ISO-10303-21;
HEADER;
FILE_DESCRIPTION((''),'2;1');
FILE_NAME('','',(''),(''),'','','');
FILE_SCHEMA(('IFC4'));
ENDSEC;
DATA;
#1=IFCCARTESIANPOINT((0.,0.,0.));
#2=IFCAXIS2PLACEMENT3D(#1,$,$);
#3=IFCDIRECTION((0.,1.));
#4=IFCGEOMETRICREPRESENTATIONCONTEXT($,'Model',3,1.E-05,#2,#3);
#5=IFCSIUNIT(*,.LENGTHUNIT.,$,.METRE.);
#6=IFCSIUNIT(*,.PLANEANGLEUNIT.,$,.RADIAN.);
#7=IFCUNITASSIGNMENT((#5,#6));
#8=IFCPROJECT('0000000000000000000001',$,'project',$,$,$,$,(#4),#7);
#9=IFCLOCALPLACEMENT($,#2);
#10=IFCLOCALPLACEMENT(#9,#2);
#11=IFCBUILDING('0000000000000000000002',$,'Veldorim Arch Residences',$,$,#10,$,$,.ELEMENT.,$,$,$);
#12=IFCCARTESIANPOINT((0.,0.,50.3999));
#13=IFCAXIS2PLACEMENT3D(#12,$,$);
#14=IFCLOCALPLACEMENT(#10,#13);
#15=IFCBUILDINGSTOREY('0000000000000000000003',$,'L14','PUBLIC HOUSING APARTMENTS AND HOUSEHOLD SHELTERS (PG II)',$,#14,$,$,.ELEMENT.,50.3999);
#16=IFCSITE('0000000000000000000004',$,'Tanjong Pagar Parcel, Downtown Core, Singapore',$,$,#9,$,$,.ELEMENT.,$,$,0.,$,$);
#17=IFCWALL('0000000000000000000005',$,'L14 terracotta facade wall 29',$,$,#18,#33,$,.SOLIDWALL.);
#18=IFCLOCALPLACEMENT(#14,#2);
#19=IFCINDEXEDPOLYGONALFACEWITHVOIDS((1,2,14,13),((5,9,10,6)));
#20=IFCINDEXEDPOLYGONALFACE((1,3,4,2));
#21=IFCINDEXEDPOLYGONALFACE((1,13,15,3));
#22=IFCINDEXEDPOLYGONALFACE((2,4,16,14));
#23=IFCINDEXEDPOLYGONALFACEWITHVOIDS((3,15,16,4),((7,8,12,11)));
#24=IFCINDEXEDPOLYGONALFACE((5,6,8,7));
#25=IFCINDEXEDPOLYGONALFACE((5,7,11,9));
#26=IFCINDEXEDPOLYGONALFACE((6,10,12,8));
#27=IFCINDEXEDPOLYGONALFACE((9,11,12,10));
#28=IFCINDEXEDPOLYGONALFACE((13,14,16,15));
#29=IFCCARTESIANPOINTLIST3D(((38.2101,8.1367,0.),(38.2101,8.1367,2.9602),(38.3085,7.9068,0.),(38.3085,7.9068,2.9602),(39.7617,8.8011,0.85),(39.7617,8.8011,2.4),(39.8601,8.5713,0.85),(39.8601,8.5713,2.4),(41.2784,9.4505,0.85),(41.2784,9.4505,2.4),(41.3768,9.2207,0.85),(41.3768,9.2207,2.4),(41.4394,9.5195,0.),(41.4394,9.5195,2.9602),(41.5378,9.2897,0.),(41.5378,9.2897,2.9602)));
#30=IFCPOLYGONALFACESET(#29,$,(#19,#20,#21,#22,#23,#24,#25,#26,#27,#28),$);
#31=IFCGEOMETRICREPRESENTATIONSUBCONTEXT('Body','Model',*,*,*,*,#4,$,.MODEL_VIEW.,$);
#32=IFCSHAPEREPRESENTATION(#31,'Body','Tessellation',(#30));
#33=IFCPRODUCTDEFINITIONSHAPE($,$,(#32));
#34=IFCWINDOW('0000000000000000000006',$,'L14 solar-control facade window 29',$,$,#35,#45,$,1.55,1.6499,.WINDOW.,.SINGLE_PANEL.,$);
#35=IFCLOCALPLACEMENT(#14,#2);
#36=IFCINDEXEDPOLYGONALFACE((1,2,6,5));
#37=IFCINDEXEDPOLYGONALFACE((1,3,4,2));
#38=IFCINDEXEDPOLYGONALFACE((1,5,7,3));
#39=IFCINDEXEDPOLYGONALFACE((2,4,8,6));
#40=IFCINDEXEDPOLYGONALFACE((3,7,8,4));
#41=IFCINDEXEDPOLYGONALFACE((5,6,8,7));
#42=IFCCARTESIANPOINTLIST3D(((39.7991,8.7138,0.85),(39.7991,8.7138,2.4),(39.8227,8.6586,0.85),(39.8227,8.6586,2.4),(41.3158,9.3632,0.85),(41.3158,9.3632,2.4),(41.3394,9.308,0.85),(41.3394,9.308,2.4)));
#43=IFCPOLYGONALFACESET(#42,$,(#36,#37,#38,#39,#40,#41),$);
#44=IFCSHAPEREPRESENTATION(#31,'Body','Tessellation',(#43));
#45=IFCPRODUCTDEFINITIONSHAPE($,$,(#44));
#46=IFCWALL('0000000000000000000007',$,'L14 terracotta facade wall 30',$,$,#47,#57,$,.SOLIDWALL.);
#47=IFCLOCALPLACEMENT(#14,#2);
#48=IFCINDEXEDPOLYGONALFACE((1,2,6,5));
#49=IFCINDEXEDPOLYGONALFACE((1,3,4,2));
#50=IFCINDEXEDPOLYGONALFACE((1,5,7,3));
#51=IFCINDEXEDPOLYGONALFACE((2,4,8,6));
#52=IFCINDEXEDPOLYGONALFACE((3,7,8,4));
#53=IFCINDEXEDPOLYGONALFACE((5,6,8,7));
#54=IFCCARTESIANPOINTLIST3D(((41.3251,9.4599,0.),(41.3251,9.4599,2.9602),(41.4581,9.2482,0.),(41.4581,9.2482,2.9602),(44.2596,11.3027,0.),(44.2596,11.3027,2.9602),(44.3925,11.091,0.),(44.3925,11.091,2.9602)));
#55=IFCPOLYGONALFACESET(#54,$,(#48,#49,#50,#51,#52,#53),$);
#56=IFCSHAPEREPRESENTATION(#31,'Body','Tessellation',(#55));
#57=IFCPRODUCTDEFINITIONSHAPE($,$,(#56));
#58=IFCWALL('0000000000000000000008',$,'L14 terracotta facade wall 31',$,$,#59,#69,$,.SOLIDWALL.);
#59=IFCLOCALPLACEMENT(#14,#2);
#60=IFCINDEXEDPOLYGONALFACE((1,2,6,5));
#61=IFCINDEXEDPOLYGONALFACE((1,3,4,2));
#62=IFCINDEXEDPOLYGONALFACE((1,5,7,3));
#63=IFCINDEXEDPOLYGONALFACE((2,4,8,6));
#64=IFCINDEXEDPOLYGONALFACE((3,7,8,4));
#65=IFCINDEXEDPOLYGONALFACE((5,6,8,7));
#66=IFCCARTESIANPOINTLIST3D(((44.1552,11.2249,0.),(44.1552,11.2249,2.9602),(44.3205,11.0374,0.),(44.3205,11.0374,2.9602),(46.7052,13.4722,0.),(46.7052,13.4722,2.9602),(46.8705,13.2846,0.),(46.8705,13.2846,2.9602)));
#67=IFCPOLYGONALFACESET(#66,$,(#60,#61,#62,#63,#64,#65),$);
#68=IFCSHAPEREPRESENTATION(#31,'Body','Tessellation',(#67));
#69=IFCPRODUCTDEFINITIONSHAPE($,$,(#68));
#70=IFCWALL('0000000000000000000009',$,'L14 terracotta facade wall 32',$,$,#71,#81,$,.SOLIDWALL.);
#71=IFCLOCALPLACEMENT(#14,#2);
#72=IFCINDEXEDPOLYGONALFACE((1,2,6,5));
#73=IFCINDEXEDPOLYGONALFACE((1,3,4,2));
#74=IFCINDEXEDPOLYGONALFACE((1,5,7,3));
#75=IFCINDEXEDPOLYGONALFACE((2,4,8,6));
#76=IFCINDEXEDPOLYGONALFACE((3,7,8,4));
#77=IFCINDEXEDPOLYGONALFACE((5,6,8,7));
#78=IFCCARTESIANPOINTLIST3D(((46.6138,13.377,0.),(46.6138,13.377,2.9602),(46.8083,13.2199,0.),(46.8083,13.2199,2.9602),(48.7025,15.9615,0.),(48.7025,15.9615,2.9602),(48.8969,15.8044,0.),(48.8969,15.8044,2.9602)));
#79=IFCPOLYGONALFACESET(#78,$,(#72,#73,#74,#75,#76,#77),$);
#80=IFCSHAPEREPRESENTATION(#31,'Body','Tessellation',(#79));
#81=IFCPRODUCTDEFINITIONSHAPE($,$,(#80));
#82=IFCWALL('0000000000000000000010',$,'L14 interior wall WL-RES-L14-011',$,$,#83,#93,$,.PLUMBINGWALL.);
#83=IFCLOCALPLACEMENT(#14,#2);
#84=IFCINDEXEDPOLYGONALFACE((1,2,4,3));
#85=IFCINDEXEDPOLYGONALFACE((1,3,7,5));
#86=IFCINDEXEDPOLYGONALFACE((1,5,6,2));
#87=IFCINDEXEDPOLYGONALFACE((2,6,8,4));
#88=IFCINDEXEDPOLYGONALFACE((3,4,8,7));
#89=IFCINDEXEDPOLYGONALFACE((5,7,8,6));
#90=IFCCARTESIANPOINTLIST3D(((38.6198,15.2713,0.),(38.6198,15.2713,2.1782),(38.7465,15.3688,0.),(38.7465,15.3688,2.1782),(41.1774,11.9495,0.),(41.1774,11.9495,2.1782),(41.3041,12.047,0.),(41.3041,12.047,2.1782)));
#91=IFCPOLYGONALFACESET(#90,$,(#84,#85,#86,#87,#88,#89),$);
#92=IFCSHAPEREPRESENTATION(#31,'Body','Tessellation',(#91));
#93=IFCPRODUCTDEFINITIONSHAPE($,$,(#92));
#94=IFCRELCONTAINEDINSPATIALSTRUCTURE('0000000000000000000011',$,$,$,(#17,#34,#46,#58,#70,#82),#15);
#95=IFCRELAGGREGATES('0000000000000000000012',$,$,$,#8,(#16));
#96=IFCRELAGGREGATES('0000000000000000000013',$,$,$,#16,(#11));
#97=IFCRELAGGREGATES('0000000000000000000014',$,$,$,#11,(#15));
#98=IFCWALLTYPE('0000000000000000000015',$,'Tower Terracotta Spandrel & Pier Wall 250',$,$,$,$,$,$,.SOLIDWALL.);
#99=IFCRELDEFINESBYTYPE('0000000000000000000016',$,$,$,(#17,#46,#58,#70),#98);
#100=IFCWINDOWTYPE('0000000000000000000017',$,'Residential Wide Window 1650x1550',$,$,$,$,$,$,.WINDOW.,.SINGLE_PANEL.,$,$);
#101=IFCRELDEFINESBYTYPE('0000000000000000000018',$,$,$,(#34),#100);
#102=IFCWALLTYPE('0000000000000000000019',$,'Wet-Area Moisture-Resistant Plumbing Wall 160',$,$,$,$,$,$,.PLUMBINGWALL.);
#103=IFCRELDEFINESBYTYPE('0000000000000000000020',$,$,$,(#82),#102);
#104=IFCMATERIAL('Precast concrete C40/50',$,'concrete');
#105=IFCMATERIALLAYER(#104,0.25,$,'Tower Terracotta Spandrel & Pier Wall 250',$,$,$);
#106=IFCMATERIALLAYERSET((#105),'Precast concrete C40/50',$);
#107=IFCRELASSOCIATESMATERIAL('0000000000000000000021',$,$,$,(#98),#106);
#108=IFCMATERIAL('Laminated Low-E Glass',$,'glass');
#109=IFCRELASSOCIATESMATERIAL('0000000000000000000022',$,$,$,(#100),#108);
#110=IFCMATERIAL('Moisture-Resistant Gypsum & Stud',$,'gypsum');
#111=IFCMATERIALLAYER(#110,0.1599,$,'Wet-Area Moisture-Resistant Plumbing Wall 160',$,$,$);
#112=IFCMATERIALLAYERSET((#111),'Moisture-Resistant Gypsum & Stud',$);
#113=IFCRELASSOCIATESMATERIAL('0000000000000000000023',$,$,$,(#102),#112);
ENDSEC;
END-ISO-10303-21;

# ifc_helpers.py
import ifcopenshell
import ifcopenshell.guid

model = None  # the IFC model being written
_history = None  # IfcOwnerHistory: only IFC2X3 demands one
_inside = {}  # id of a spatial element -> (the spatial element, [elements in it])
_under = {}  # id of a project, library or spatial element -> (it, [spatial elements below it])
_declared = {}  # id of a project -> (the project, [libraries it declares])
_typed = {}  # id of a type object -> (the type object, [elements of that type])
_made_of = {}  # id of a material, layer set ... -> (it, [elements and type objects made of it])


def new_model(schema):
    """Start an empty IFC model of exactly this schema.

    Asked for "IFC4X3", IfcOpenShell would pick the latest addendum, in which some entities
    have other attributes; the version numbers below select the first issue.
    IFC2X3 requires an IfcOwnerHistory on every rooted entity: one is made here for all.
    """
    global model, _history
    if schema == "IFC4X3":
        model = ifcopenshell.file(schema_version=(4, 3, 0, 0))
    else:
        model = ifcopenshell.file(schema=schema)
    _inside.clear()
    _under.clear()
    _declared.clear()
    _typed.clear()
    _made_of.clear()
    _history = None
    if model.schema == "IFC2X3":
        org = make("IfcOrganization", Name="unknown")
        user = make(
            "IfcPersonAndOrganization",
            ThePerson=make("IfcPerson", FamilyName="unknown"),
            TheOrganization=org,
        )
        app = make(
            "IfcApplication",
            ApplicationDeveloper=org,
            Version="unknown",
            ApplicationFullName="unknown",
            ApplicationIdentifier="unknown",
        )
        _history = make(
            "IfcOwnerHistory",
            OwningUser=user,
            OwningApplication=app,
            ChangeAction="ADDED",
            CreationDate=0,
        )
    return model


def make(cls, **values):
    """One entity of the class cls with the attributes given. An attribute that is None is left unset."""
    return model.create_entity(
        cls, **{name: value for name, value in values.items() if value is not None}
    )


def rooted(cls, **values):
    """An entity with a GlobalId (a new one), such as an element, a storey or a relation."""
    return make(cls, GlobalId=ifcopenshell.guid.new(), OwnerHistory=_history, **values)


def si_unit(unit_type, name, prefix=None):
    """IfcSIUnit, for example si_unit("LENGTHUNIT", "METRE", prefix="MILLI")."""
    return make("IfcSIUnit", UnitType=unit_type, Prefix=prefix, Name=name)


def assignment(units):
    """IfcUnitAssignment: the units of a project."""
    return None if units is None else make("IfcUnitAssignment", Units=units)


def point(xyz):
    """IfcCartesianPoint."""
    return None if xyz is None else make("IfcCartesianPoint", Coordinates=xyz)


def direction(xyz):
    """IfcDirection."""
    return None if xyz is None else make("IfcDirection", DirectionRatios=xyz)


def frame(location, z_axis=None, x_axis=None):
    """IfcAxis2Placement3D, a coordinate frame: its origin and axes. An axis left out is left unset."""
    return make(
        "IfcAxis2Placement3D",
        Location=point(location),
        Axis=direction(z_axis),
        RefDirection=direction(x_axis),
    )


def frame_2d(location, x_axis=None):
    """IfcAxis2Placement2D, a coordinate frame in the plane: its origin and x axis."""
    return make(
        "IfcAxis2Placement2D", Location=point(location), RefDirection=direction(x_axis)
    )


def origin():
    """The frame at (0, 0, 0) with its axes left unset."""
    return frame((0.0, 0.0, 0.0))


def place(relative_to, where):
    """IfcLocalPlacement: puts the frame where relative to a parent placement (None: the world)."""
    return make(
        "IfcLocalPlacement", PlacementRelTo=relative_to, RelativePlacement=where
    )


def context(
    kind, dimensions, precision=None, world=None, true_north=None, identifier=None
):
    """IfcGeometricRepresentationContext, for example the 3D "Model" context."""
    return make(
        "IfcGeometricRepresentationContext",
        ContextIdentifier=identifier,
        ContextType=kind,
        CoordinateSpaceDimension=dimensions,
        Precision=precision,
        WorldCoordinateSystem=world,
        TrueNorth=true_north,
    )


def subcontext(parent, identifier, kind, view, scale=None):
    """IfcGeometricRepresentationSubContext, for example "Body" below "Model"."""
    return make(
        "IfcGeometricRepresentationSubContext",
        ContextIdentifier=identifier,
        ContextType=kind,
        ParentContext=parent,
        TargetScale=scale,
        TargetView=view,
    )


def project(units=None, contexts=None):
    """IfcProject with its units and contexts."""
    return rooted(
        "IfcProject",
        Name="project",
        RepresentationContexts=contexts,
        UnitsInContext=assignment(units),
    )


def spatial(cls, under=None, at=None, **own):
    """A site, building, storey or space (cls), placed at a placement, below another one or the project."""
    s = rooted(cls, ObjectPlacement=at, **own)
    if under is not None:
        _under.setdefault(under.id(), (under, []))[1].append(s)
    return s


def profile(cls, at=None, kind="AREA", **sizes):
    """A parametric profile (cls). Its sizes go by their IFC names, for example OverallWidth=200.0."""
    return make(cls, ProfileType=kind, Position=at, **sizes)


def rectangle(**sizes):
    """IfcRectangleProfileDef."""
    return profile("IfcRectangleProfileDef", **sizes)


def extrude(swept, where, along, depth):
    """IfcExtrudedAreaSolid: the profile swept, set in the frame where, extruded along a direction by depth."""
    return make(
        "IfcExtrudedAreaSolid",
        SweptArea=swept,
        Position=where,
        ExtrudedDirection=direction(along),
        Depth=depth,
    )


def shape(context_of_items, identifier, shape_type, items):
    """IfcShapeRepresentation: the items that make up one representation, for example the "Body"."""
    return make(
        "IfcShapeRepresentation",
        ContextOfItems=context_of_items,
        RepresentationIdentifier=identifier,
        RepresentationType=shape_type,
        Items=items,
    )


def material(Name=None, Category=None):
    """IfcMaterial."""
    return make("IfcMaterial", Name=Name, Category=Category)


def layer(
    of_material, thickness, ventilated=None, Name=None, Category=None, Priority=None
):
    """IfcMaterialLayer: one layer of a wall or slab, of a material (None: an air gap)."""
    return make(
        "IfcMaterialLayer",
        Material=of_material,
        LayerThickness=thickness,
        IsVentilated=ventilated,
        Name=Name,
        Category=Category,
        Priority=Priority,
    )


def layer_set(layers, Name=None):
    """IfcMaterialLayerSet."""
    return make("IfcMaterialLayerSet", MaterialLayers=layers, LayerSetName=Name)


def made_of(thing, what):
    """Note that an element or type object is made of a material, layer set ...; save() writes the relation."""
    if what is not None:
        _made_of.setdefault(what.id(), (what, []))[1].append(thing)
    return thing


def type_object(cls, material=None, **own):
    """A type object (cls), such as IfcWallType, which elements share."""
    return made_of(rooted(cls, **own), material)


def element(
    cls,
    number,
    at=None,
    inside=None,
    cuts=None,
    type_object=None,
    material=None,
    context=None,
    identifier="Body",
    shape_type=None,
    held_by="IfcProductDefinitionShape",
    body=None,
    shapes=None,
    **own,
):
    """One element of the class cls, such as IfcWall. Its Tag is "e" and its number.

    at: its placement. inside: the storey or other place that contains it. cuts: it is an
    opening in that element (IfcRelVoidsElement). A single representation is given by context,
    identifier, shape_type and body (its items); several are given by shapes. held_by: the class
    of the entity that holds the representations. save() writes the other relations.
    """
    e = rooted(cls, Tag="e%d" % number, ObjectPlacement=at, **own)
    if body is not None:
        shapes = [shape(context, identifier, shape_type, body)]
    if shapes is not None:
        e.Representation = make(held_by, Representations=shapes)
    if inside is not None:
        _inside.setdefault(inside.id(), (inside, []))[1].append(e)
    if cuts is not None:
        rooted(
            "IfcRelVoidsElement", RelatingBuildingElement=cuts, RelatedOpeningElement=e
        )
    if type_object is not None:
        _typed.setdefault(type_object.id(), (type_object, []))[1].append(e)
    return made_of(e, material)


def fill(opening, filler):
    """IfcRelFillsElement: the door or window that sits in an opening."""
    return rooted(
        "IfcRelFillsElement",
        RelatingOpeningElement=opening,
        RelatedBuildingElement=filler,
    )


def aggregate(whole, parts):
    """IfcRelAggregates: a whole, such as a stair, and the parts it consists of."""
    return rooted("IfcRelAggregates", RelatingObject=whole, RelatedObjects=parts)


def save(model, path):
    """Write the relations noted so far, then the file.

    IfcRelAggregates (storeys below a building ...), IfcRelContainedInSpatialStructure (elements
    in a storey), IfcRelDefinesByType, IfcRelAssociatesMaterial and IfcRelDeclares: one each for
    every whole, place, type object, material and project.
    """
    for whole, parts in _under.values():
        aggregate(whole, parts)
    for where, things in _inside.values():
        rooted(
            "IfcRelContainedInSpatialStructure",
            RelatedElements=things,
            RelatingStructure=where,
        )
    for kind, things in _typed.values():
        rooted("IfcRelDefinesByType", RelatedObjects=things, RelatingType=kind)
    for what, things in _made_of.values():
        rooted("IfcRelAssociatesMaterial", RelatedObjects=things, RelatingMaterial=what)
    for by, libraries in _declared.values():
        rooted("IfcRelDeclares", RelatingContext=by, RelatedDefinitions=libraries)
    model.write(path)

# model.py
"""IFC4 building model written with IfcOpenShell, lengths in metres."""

from ifc_helpers import new_model, si_unit, direction, frame, frame_2d, origin, place, context, subcontext, project, spatial, rectangle, extrude, material, layer, layer_set, type_object, element, fill, save


model = new_model("IFC4")

# Units and contexts
model_context = context("Model", 3, precision=1e-05, world=origin(), true_north=direction((0.0, 1.0)))
body_context = subcontext(model_context, "Body", "Model", "MODEL_VIEW")
ifc_project = project(units=[si_unit("LENGTHUNIT", "METRE"), si_unit("PLANEANGLEUNIT", "RADIAN")], contexts=[model_context])

# Site, building, storey
site_placement = place(None, origin())
site = spatial("IfcSite", under=ifc_project, at=site_placement, Name="Tanjong Pagar Parcel, Downtown Core, Singapore", CompositionType="ELEMENT", RefElevation=0.0)
building_placement = place(site_placement, origin())
building = spatial("IfcBuilding", under=site, at=building_placement, Name="Veldorim Arch Residences", CompositionType="ELEMENT")
storey_placement = place(building_placement, frame((0.0, 0.0, 50.3999)))
storey = spatial("IfcBuildingStorey", under=building, at=storey_placement, Name="L14", Description="PUBLIC HOUSING APARTMENTS AND HOUSEHOLD SHELTERS (PG II)", CompositionType="ELEMENT", Elevation=50.3999)

# Shared definitions
ifc_material_1 = material(Name="Precast concrete C40/50", Category="concrete")
ifc_layer_1 = layer(ifc_material_1, 0.25, Name="Tower Terracotta Spandrel & Pier Wall 250")
ifc_layer_set_1 = layer_set([ifc_layer_1], Name="Precast concrete C40/50")
wall_type_1 = type_object("IfcWallType", Name="Tower Terracotta Spandrel & Pier Wall 250", PredefinedType="SOLIDWALL", material=ifc_layer_set_1)

# Wall, opening, window
wall_1_placement = place(storey_placement, frame((41.4885, 9.4045, 0.0), z_axis=(0.0, 0.0, 1.0), x_axis=(-0.919264, -0.393642, 0.0)))
wall_1 = element("IfcWall", 1, at=wall_1_placement, inside=storey, type_object=wall_type_1, Name="L14 terracotta facade wall 29", PredefinedType="SOLIDWALL", context=body_context, shape_type="SweptSolid", body=[
    extrude(rectangle(XDim=3.5129, YDim=0.25, at=frame_2d((1.7563, 0.0))), origin(), (0.0, 0.0, 1.0), 2.9602),
])
opening_1_placement = place(wall_1_placement, frame((0.175, 0.0, 0.8501)))
opening_1 = element("IfcOpeningElement", 2, at=opening_1_placement, cuts=wall_1, PredefinedType="OPENING", context=body_context, shape_type="SweptSolid", body=[
    extrude(rectangle(XDim=1.6499, YDim=1.55, at=frame_2d((0.825, 0.7749))), frame((0.0, 0.135, 0.0), z_axis=(0.0, -1.0, 0.0), x_axis=(1.0, 0.0, 0.0)), (0.0, 0.0, 1.0), 0.27),
])
ifc_material_2 = material(Name="Laminated Low-E Glass", Category="glass")
window_type = type_object("IfcWindowType", Name="Residential Wide Window 1650x1550", PartitioningType="SINGLE_PANEL", PredefinedType="WINDOW", material=ifc_material_2)
window_placement = place(opening_1_placement, origin())
window = element("IfcWindow", 3, at=window_placement, inside=storey, type_object=window_type, Name="L14 solar-control facade window 29", OverallHeight=1.55, OverallWidth=1.6499, PartitioningType="SINGLE_PANEL", PredefinedType="WINDOW", context=body_context, shape_type="SweptSolid", body=[
    extrude(rectangle(XDim=1.6499, YDim=1.55, at=frame_2d((0.825, 0.7749))), frame((0.0, 0.03, 0.0), z_axis=(0.0, -1.0, 0.0), x_axis=(1.0, 0.0, 0.0)), (0.0, 0.0, 1.0), 0.0601),
])
fill(opening_1, window)

# Walls
wall_2_placement = place(storey_placement, frame((44.3259, 11.1968, 0.0), z_axis=(0.0, 0.0, 1.0), x_axis=(-0.846852, -0.531828, 0.0)))
element("IfcWall", 4, at=wall_2_placement, inside=storey, type_object=wall_type_1, Name="L14 terracotta facade wall 30", PredefinedType="SOLIDWALL", context=body_context, shape_type="SweptSolid", body=[
    extrude(rectangle(XDim=3.4651, YDim=0.25, at=frame_2d((1.7324, 0.0))), origin(), (0.0, 0.0, 1.0), 2.9602),
])
wall_3_placement = place(storey_placement, frame((46.7878, 13.3784, 0.0), z_axis=(0.0, 0.0, 1.0), x_axis=(-0.750236, -0.66117, 0.0)))
element("IfcWall", 5, at=wall_3_placement, inside=storey, type_object=wall_type_1, Name="L14 terracotta facade wall 31", PredefinedType="SOLIDWALL", context=body_context, shape_type="SweptSolid", body=[
    extrude(rectangle(XDim=3.3989, YDim=0.25, at=frame_2d((1.6995, 0.0))), origin(), (0.0, 0.0, 1.0), 2.9602),
])
wall_4_placement = place(storey_placement, frame((48.7998, 15.8831, 0.0), z_axis=(0.0, 0.0, 1.0), x_axis=(-0.628549, -0.77777, 0.0)))
element("IfcWall", 6, at=wall_4_placement, inside=storey, type_object=wall_type_1, Name="L14 terracotta facade wall 32", PredefinedType="SOLIDWALL", context=body_context, shape_type="SweptSolid", body=[
    extrude(rectangle(XDim=3.323, YDim=0.25, at=frame_2d((1.6616, 0.0))), origin(), (0.0, 0.0, 1.0), 2.9602),
])
ifc_material_3 = material(Name="Moisture-Resistant Gypsum & Stud", Category="gypsum")
ifc_layer_2 = layer(ifc_material_3, 0.1599, Name="Wet-Area Moisture-Resistant Plumbing Wall 160")
ifc_layer_set_2 = layer_set([ifc_layer_2], Name="Moisture-Resistant Gypsum & Stud")
wall_type_2 = type_object("IfcWallType", Name="Wet-Area Moisture-Resistant Plumbing Wall 160", PredefinedType="PLUMBINGWALL", material=ifc_layer_set_2)
wall_5_placement = place(storey_placement, frame((38.6831, 15.3201, 0.0), z_axis=(0.0, 0.0, 1.0), x_axis=(0.610071, -0.792347, 0.0)))
element("IfcWall", 7, at=wall_5_placement, inside=storey, type_object=wall_type_2, Name="L14 interior wall WL-RES-L14-011", PredefinedType="PLUMBINGWALL", context=body_context, shape_type="SweptSolid", body=[
    extrude(rectangle(XDim=4.1924, YDim=0.1599, at=frame_2d((2.0962, 0.0))), origin(), (0.0, 0.0, 1.0), 2.1782),
])

save(model, "model.ifc")
